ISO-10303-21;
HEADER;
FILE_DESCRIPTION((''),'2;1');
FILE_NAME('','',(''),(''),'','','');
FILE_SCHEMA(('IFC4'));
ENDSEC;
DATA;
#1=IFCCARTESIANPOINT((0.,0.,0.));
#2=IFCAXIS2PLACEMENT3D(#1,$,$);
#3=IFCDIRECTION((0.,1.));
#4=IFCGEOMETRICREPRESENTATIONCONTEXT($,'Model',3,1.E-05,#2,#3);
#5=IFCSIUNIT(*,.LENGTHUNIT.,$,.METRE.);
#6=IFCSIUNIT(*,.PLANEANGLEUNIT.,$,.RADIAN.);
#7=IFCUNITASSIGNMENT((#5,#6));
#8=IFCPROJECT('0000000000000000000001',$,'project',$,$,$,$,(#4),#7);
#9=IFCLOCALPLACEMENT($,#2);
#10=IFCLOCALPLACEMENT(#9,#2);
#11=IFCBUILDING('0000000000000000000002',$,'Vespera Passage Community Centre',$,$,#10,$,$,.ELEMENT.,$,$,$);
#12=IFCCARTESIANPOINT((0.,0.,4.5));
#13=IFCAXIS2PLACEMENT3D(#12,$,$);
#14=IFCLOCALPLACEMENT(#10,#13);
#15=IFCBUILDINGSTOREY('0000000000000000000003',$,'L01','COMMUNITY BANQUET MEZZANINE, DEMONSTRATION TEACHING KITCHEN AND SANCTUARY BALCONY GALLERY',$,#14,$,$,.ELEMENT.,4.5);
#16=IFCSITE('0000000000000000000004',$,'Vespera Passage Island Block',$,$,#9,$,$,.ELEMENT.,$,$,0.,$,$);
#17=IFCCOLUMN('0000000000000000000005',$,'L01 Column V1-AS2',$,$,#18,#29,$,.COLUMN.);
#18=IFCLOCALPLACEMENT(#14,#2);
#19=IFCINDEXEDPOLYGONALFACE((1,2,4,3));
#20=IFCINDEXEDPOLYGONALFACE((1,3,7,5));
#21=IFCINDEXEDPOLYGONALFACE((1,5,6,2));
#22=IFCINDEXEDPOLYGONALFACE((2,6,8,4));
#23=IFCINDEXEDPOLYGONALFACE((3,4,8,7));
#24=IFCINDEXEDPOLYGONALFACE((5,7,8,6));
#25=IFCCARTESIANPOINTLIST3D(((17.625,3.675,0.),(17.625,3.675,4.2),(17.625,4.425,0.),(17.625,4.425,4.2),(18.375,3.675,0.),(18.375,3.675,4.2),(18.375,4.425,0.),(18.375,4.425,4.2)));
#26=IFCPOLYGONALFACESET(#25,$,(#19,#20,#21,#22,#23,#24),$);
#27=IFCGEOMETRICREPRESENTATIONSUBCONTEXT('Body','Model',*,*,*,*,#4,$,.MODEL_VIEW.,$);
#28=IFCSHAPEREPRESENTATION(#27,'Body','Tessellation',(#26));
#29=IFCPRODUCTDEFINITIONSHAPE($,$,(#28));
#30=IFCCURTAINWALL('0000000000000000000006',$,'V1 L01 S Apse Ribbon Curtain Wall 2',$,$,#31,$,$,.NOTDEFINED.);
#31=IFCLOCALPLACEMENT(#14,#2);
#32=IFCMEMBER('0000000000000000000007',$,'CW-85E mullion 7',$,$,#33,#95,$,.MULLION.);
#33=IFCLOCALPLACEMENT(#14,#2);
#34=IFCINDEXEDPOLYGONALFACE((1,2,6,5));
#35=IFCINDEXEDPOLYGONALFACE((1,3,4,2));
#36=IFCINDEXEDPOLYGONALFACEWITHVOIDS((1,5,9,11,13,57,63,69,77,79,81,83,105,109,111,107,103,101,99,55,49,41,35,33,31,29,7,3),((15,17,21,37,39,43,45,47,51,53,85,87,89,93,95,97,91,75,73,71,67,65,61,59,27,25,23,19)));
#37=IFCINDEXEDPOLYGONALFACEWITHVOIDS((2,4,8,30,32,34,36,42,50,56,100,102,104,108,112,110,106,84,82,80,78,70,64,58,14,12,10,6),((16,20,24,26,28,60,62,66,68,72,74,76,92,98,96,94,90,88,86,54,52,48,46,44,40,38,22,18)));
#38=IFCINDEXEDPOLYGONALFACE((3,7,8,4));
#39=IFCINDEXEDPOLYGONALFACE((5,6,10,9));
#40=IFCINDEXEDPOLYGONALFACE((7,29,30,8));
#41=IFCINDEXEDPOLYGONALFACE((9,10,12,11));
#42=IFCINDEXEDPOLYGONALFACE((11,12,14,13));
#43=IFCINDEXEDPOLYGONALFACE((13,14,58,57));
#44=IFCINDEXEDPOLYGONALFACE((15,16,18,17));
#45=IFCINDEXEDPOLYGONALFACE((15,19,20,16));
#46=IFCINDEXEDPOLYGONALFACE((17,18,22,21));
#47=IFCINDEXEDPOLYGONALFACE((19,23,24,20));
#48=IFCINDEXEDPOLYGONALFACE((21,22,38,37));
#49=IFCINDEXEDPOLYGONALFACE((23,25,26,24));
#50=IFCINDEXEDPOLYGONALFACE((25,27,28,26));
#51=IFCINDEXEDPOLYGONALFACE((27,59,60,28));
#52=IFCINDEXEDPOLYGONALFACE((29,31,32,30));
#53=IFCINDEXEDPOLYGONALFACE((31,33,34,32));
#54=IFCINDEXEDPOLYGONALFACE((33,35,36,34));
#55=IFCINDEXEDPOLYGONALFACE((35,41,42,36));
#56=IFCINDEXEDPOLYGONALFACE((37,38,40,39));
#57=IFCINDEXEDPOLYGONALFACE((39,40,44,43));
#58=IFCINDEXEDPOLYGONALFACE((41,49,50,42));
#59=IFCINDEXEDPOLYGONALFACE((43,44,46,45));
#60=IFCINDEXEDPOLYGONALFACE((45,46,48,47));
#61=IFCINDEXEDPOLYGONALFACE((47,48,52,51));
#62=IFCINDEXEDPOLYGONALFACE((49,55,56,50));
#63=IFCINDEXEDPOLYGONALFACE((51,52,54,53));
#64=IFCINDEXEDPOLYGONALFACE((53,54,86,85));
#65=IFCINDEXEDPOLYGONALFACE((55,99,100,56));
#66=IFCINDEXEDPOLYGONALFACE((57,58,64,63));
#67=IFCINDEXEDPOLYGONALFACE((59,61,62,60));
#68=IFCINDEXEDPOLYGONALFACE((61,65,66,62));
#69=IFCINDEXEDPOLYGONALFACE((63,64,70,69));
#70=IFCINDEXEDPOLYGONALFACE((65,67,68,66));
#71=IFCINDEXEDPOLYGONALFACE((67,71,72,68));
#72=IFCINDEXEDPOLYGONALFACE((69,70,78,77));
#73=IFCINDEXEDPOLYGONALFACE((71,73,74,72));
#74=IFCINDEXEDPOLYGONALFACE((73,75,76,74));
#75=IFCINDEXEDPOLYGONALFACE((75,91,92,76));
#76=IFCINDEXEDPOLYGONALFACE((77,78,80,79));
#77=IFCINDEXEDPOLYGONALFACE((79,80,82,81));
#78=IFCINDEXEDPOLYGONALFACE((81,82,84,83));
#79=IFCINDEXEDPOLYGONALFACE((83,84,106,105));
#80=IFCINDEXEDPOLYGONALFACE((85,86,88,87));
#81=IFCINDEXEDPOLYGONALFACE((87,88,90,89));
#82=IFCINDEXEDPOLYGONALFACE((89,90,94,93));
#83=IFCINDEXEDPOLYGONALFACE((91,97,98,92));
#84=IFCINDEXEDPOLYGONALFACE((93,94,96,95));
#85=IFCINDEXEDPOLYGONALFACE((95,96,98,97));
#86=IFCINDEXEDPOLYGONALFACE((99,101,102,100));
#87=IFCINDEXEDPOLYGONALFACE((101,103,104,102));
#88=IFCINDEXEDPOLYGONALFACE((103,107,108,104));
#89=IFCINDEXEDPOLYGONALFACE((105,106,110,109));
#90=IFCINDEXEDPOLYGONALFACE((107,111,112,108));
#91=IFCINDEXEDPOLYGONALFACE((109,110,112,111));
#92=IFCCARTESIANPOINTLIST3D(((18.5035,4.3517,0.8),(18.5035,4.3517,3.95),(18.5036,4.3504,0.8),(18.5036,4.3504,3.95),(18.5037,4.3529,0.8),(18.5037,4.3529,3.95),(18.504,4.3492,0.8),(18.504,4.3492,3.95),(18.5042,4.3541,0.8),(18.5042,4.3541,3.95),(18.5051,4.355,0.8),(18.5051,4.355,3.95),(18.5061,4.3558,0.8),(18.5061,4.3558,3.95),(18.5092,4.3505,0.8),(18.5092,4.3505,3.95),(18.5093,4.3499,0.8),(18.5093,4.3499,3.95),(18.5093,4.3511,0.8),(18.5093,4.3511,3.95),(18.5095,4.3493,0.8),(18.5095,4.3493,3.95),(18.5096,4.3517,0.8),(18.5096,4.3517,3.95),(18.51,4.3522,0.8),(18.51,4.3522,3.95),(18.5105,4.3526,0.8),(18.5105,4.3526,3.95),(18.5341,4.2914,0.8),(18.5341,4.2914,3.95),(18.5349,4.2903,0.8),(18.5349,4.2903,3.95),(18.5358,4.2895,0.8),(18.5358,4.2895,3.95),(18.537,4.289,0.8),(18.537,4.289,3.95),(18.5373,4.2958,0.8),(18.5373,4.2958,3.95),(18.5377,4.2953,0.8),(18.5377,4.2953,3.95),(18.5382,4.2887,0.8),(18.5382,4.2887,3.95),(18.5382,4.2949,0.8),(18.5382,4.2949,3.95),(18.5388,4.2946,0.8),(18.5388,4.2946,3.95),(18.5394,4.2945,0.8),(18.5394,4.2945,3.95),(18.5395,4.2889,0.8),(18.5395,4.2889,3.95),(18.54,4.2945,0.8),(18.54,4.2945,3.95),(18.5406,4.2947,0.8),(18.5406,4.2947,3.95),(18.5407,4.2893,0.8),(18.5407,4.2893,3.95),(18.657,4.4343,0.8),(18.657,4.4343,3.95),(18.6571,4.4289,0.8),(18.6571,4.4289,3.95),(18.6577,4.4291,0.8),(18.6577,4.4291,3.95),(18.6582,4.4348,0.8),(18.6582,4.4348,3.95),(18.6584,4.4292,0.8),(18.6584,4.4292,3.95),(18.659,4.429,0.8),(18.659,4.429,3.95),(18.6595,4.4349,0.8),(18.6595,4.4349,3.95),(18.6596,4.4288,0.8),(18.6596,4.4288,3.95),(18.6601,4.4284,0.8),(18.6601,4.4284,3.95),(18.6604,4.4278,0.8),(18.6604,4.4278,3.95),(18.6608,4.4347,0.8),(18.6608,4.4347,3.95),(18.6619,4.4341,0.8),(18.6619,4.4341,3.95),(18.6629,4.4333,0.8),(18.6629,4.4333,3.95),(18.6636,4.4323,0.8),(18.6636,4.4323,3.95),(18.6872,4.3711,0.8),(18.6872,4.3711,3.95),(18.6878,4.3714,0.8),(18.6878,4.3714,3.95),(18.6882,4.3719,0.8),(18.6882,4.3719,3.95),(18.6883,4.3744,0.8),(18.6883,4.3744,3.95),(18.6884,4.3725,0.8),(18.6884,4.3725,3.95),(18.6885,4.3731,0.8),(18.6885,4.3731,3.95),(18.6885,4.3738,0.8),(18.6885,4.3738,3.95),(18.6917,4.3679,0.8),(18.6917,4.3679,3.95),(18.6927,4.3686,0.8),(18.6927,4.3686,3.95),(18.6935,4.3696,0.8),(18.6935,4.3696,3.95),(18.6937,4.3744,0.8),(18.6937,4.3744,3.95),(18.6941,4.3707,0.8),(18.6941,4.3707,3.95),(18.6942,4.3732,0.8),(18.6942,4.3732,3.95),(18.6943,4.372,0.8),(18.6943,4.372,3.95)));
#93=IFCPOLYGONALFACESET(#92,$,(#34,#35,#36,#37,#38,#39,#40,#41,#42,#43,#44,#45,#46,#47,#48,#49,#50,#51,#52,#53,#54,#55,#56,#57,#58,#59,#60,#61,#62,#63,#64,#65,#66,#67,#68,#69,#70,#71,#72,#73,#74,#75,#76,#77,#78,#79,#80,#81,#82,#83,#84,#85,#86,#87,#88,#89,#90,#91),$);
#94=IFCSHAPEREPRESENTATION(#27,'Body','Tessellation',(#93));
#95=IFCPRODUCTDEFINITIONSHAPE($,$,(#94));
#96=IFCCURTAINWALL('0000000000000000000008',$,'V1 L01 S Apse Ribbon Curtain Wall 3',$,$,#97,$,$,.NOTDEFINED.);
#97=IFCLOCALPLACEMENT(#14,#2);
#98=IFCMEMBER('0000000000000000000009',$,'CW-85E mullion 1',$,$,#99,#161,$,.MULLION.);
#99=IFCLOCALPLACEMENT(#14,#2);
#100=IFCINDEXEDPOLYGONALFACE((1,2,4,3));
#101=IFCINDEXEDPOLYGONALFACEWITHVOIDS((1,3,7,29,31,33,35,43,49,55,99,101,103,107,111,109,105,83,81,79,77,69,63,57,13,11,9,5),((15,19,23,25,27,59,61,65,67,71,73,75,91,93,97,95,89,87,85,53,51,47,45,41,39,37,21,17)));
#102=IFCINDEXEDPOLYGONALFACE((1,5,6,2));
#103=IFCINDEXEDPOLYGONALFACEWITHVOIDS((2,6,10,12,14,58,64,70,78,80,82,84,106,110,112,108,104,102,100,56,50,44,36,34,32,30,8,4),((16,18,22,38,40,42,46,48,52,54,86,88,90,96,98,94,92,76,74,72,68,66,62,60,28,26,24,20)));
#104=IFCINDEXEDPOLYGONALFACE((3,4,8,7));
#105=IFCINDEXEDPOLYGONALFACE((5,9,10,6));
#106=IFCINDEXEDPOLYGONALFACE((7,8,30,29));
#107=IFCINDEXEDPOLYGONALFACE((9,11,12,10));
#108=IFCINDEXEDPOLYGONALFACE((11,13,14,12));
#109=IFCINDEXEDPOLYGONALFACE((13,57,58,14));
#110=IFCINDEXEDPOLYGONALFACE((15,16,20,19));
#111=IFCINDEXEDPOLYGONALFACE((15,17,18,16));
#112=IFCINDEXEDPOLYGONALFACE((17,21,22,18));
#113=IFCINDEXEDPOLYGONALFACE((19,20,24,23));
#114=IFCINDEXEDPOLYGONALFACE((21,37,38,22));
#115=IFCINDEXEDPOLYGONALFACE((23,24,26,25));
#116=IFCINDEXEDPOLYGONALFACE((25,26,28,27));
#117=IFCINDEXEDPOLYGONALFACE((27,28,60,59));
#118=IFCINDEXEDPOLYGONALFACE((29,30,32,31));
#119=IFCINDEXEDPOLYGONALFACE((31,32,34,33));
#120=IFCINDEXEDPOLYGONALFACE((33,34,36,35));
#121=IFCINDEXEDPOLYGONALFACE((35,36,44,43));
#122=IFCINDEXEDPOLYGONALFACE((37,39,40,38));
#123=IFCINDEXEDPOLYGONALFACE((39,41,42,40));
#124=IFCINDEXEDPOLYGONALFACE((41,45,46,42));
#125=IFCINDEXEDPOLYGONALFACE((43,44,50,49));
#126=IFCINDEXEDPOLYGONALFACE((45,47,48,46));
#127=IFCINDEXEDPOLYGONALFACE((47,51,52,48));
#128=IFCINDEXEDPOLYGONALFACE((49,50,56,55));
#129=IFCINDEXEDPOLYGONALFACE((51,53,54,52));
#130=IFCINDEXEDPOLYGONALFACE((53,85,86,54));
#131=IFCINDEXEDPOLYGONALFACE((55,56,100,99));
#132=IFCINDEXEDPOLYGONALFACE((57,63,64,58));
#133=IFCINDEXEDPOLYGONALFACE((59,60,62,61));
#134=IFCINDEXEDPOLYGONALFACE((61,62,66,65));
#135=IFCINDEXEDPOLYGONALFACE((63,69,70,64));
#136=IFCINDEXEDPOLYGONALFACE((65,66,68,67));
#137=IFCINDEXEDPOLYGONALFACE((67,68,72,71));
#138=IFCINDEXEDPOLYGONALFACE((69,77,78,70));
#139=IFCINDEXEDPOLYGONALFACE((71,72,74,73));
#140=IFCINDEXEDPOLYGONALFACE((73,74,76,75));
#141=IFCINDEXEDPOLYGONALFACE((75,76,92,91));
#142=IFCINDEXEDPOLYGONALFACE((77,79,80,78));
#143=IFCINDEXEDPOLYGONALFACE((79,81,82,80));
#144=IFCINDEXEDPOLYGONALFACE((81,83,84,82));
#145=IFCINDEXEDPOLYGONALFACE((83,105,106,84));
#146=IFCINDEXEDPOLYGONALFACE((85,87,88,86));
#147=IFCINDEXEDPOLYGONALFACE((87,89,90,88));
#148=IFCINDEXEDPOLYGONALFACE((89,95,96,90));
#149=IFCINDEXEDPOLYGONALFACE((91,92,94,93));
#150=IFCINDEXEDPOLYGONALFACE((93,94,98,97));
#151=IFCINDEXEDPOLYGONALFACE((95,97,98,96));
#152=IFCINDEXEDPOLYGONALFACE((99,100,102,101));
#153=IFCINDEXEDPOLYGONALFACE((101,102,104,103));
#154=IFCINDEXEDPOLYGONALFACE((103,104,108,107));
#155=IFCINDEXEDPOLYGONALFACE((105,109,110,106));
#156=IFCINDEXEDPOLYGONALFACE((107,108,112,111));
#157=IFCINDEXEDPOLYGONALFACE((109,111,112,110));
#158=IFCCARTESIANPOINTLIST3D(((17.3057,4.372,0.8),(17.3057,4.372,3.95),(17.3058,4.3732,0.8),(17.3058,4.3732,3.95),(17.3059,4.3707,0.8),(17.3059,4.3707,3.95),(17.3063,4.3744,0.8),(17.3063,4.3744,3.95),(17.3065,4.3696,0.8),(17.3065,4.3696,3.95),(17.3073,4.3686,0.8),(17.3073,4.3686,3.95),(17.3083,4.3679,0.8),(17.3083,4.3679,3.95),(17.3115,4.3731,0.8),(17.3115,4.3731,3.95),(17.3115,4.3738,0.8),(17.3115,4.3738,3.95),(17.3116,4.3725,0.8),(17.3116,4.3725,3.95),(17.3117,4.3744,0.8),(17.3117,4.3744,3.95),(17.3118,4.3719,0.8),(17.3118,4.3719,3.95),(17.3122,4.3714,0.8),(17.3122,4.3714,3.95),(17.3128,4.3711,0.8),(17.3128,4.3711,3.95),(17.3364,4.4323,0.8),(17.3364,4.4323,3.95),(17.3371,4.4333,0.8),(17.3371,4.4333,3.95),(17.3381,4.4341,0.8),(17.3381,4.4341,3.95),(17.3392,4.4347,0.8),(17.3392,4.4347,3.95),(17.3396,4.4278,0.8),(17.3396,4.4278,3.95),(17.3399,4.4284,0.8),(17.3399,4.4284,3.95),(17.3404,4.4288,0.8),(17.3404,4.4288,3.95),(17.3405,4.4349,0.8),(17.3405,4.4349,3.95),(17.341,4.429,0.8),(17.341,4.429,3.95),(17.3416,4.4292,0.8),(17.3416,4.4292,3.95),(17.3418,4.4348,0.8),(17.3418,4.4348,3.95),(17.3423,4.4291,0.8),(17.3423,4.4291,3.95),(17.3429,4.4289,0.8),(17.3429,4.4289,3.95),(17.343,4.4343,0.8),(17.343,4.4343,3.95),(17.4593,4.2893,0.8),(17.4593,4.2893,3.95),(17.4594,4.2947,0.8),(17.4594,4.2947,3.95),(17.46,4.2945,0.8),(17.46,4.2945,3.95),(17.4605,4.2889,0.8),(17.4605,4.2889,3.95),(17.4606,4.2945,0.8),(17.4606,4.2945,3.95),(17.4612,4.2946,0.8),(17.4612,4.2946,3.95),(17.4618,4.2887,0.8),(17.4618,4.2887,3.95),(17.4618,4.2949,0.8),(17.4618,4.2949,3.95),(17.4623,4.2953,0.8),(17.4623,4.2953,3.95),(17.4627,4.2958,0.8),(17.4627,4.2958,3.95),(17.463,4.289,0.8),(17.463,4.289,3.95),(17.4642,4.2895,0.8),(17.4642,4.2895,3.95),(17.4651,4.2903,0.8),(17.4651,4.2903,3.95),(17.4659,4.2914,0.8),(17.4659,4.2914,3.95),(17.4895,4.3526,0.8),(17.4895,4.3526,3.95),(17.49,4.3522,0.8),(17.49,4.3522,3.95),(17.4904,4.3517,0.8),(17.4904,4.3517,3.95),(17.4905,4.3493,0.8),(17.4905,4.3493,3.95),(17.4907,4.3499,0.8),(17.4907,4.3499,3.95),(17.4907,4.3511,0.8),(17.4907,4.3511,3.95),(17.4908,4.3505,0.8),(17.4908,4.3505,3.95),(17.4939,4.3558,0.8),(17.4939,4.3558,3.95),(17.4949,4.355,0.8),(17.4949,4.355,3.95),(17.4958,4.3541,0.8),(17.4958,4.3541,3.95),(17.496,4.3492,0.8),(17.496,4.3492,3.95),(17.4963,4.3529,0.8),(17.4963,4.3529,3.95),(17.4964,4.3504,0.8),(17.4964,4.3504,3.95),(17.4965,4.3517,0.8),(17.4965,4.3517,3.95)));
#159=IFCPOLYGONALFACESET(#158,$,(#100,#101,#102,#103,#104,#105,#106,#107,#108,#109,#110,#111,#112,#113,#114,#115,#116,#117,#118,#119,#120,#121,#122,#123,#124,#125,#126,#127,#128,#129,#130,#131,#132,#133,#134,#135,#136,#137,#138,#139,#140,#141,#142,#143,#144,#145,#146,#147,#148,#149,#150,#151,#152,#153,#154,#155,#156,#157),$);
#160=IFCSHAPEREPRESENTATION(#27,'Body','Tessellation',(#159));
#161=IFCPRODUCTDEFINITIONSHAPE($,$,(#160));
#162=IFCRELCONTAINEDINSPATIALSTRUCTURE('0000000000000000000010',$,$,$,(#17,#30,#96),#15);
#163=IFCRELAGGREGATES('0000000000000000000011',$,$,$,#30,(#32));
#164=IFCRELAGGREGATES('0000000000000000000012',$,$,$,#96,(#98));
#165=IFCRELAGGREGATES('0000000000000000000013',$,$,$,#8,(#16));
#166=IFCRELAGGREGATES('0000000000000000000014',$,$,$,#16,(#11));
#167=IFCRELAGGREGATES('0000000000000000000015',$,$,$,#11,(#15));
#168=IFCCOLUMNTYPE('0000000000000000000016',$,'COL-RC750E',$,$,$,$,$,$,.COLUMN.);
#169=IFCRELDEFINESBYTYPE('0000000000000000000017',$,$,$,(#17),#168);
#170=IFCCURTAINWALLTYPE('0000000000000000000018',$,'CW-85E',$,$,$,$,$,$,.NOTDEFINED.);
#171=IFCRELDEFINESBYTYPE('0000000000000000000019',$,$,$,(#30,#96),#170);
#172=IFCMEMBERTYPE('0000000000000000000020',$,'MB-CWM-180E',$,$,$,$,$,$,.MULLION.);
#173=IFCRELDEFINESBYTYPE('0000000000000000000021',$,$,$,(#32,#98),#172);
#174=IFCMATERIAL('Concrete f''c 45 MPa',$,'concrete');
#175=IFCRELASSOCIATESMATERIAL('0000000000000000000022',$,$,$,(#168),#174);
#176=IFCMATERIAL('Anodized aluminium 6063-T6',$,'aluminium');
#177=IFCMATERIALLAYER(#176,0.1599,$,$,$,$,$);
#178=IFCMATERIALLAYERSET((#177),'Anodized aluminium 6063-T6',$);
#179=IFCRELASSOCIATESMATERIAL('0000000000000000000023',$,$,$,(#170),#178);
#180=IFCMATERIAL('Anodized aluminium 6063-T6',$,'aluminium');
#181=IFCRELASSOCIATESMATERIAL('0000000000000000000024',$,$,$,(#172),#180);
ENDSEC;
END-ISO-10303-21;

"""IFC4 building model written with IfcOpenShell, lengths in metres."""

from ifc_helpers import new_model, si_unit, direction, frame, origin, origin_2d, place, context, subcontext, project, spatial, rectangle, hollow_rectangle, extrude, material, layer, layer_set, material_profile, profile_set, type_object, element, aggregate, save


model = new_model("IFC4")

# Units and contexts
model_context = context("Model", 3, precision=1e-05, world=origin(), true_north=direction((0.0, 1.0)))
body_context = subcontext(model_context, "Body", "Model", "MODEL_VIEW")
ifc_project = project(units=[si_unit("LENGTHUNIT", "METRE"), si_unit("PLANEANGLEUNIT", "RADIAN")], contexts=[model_context])

# Site, building, storey
site_placement = place(None, origin())
site = spatial("IfcSite", under=ifc_project, at=site_placement, Name="Vespera Passage Island Block", CompositionType="ELEMENT", RefElevation=0.0)
building_placement = place(site_placement, origin())
building = spatial("IfcBuilding", under=site, at=building_placement, Name="Vespera Passage Community Centre", CompositionType="ELEMENT")
storey_placement = place(building_placement, frame((0.0, 0.0, 4.5)))
storey = spatial("IfcBuildingStorey", under=building, at=storey_placement, Name="L01", Description="COMMUNITY BANQUET MEZZANINE, DEMONSTRATION TEACHING KITCHEN AND SANCTUARY BALCONY GALLERY", CompositionType="ELEMENT", Elevation=4.5)

# Column
ifc_material_1 = material(Name="Concrete f'c 45 MPa", Category="concrete")
ifc_material_profile_1 = material_profile(ifc_material_1, rectangle(XDim=0.75, YDim=0.75, at=origin_2d()), Name="RC750X750")
ifc_profile_set_1 = profile_set([ifc_material_profile_1], Name="Concrete f'c 45 MPa")
column_type = type_object("IfcColumnType", Name="COL-RC750E", PredefinedType="COLUMN", material=ifc_profile_set_1)
column_placement = place(storey_placement, frame((18.0, 4.05, 0.0), z_axis=(0.0, 0.0, 1.0), x_axis=(1.0, 0.0, 0.0)))
element("IfcColumn", 1, at=column_placement, inside=storey, type_object=column_type, Name="L01 Column V1-AS2", PredefinedType="COLUMN", context=body_context, shape_type="SweptSolid", body=[
    extrude(rectangle(XDim=0.75, YDim=0.75, at=origin_2d()), origin(), (0.0, 0.0, 1.0), 4.2),
])

# Curtain wall, member
ifc_material_2 = material(Name="Anodized aluminium 6063-T6", Category="aluminium")
ifc_layer_1 = layer(ifc_material_2, 0.1599)
ifc_layer_set_1 = layer_set([ifc_layer_1], Name="Anodized aluminium 6063-T6")
curtain_wall_type = type_object("IfcCurtainWallType", Name="CW-85E", PredefinedType="NOTDEFINED", material=ifc_layer_set_1)
curtain_wall_1_placement = place(storey_placement, origin())
curtain_wall_1 = element("IfcCurtainWall", 2, at=curtain_wall_1_placement, inside=storey, type_object=curtain_wall_type, Name="V1 L01 S Apse Ribbon Curtain Wall 2", PredefinedType="NOTDEFINED")
ifc_material_3 = material(Name="Anodized aluminium 6063-T6", Category="aluminium")
ifc_material_profile_2 = material_profile(ifc_material_3, hollow_rectangle(XDim=0.075, YDim=0.1799, WallThickness=0.0049, InnerFilletRadius=0.0024, OuterFilletRadius=0.0049, at=origin_2d()), Name="ALU180X75X5")
ifc_profile_set_2 = profile_set([ifc_material_profile_2], Name="Anodized aluminium 6063-T6")
member_type_1 = type_object("IfcMemberType", Name="MB-CWM-180E", PredefinedType="MULLION", material=ifc_profile_set_2)
member_1_placement = place(storey_placement, frame((18.5989, 4.3618, 0.8), z_axis=(0.0, 0.0, 1.0), x_axis=(0.461745, -0.887013, 0.0)))
member_1 = element("IfcMember", 3, at=member_1_placement, type_object=member_type_1, Name="CW-85E mullion 7", PredefinedType="MULLION", context=body_context, shape_type="SweptSolid", body=[
    extrude(hollow_rectangle(XDim=0.075, YDim=0.1799, WallThickness=0.0049, InnerFilletRadius=0.0024, OuterFilletRadius=0.0049, at=origin_2d()), origin(), (0.0, 0.0, 1.0), 3.1499),
])

# Curtain wall, member
curtain_wall_2_placement = place(storey_placement, origin())
curtain_wall_2 = element("IfcCurtainWall", 4, at=curtain_wall_2_placement, inside=storey, type_object=curtain_wall_type, Name="V1 L01 S Apse Ribbon Curtain Wall 3", PredefinedType="NOTDEFINED")
member_2_placement = place(storey_placement, frame((17.4011, 4.3618, 0.8), z_axis=(0.0, 0.0, 1.0), x_axis=(-0.461745, -0.887013, 0.0)))
member_2 = element("IfcMember", 5, at=member_2_placement, type_object=member_type_1, Name="CW-85E mullion 1", PredefinedType="MULLION", context=body_context, shape_type="SweptSolid", body=[
    extrude(hollow_rectangle(XDim=0.075, YDim=0.1799, WallThickness=0.0049, InnerFilletRadius=0.0024, OuterFilletRadius=0.0049, at=origin_2d()), origin(), (0.0, 0.0, 1.0), 3.1499),
])

aggregate(curtain_wall_1, [member_1])
aggregate(curtain_wall_2, [member_2])

save(model, "model.ifc")
